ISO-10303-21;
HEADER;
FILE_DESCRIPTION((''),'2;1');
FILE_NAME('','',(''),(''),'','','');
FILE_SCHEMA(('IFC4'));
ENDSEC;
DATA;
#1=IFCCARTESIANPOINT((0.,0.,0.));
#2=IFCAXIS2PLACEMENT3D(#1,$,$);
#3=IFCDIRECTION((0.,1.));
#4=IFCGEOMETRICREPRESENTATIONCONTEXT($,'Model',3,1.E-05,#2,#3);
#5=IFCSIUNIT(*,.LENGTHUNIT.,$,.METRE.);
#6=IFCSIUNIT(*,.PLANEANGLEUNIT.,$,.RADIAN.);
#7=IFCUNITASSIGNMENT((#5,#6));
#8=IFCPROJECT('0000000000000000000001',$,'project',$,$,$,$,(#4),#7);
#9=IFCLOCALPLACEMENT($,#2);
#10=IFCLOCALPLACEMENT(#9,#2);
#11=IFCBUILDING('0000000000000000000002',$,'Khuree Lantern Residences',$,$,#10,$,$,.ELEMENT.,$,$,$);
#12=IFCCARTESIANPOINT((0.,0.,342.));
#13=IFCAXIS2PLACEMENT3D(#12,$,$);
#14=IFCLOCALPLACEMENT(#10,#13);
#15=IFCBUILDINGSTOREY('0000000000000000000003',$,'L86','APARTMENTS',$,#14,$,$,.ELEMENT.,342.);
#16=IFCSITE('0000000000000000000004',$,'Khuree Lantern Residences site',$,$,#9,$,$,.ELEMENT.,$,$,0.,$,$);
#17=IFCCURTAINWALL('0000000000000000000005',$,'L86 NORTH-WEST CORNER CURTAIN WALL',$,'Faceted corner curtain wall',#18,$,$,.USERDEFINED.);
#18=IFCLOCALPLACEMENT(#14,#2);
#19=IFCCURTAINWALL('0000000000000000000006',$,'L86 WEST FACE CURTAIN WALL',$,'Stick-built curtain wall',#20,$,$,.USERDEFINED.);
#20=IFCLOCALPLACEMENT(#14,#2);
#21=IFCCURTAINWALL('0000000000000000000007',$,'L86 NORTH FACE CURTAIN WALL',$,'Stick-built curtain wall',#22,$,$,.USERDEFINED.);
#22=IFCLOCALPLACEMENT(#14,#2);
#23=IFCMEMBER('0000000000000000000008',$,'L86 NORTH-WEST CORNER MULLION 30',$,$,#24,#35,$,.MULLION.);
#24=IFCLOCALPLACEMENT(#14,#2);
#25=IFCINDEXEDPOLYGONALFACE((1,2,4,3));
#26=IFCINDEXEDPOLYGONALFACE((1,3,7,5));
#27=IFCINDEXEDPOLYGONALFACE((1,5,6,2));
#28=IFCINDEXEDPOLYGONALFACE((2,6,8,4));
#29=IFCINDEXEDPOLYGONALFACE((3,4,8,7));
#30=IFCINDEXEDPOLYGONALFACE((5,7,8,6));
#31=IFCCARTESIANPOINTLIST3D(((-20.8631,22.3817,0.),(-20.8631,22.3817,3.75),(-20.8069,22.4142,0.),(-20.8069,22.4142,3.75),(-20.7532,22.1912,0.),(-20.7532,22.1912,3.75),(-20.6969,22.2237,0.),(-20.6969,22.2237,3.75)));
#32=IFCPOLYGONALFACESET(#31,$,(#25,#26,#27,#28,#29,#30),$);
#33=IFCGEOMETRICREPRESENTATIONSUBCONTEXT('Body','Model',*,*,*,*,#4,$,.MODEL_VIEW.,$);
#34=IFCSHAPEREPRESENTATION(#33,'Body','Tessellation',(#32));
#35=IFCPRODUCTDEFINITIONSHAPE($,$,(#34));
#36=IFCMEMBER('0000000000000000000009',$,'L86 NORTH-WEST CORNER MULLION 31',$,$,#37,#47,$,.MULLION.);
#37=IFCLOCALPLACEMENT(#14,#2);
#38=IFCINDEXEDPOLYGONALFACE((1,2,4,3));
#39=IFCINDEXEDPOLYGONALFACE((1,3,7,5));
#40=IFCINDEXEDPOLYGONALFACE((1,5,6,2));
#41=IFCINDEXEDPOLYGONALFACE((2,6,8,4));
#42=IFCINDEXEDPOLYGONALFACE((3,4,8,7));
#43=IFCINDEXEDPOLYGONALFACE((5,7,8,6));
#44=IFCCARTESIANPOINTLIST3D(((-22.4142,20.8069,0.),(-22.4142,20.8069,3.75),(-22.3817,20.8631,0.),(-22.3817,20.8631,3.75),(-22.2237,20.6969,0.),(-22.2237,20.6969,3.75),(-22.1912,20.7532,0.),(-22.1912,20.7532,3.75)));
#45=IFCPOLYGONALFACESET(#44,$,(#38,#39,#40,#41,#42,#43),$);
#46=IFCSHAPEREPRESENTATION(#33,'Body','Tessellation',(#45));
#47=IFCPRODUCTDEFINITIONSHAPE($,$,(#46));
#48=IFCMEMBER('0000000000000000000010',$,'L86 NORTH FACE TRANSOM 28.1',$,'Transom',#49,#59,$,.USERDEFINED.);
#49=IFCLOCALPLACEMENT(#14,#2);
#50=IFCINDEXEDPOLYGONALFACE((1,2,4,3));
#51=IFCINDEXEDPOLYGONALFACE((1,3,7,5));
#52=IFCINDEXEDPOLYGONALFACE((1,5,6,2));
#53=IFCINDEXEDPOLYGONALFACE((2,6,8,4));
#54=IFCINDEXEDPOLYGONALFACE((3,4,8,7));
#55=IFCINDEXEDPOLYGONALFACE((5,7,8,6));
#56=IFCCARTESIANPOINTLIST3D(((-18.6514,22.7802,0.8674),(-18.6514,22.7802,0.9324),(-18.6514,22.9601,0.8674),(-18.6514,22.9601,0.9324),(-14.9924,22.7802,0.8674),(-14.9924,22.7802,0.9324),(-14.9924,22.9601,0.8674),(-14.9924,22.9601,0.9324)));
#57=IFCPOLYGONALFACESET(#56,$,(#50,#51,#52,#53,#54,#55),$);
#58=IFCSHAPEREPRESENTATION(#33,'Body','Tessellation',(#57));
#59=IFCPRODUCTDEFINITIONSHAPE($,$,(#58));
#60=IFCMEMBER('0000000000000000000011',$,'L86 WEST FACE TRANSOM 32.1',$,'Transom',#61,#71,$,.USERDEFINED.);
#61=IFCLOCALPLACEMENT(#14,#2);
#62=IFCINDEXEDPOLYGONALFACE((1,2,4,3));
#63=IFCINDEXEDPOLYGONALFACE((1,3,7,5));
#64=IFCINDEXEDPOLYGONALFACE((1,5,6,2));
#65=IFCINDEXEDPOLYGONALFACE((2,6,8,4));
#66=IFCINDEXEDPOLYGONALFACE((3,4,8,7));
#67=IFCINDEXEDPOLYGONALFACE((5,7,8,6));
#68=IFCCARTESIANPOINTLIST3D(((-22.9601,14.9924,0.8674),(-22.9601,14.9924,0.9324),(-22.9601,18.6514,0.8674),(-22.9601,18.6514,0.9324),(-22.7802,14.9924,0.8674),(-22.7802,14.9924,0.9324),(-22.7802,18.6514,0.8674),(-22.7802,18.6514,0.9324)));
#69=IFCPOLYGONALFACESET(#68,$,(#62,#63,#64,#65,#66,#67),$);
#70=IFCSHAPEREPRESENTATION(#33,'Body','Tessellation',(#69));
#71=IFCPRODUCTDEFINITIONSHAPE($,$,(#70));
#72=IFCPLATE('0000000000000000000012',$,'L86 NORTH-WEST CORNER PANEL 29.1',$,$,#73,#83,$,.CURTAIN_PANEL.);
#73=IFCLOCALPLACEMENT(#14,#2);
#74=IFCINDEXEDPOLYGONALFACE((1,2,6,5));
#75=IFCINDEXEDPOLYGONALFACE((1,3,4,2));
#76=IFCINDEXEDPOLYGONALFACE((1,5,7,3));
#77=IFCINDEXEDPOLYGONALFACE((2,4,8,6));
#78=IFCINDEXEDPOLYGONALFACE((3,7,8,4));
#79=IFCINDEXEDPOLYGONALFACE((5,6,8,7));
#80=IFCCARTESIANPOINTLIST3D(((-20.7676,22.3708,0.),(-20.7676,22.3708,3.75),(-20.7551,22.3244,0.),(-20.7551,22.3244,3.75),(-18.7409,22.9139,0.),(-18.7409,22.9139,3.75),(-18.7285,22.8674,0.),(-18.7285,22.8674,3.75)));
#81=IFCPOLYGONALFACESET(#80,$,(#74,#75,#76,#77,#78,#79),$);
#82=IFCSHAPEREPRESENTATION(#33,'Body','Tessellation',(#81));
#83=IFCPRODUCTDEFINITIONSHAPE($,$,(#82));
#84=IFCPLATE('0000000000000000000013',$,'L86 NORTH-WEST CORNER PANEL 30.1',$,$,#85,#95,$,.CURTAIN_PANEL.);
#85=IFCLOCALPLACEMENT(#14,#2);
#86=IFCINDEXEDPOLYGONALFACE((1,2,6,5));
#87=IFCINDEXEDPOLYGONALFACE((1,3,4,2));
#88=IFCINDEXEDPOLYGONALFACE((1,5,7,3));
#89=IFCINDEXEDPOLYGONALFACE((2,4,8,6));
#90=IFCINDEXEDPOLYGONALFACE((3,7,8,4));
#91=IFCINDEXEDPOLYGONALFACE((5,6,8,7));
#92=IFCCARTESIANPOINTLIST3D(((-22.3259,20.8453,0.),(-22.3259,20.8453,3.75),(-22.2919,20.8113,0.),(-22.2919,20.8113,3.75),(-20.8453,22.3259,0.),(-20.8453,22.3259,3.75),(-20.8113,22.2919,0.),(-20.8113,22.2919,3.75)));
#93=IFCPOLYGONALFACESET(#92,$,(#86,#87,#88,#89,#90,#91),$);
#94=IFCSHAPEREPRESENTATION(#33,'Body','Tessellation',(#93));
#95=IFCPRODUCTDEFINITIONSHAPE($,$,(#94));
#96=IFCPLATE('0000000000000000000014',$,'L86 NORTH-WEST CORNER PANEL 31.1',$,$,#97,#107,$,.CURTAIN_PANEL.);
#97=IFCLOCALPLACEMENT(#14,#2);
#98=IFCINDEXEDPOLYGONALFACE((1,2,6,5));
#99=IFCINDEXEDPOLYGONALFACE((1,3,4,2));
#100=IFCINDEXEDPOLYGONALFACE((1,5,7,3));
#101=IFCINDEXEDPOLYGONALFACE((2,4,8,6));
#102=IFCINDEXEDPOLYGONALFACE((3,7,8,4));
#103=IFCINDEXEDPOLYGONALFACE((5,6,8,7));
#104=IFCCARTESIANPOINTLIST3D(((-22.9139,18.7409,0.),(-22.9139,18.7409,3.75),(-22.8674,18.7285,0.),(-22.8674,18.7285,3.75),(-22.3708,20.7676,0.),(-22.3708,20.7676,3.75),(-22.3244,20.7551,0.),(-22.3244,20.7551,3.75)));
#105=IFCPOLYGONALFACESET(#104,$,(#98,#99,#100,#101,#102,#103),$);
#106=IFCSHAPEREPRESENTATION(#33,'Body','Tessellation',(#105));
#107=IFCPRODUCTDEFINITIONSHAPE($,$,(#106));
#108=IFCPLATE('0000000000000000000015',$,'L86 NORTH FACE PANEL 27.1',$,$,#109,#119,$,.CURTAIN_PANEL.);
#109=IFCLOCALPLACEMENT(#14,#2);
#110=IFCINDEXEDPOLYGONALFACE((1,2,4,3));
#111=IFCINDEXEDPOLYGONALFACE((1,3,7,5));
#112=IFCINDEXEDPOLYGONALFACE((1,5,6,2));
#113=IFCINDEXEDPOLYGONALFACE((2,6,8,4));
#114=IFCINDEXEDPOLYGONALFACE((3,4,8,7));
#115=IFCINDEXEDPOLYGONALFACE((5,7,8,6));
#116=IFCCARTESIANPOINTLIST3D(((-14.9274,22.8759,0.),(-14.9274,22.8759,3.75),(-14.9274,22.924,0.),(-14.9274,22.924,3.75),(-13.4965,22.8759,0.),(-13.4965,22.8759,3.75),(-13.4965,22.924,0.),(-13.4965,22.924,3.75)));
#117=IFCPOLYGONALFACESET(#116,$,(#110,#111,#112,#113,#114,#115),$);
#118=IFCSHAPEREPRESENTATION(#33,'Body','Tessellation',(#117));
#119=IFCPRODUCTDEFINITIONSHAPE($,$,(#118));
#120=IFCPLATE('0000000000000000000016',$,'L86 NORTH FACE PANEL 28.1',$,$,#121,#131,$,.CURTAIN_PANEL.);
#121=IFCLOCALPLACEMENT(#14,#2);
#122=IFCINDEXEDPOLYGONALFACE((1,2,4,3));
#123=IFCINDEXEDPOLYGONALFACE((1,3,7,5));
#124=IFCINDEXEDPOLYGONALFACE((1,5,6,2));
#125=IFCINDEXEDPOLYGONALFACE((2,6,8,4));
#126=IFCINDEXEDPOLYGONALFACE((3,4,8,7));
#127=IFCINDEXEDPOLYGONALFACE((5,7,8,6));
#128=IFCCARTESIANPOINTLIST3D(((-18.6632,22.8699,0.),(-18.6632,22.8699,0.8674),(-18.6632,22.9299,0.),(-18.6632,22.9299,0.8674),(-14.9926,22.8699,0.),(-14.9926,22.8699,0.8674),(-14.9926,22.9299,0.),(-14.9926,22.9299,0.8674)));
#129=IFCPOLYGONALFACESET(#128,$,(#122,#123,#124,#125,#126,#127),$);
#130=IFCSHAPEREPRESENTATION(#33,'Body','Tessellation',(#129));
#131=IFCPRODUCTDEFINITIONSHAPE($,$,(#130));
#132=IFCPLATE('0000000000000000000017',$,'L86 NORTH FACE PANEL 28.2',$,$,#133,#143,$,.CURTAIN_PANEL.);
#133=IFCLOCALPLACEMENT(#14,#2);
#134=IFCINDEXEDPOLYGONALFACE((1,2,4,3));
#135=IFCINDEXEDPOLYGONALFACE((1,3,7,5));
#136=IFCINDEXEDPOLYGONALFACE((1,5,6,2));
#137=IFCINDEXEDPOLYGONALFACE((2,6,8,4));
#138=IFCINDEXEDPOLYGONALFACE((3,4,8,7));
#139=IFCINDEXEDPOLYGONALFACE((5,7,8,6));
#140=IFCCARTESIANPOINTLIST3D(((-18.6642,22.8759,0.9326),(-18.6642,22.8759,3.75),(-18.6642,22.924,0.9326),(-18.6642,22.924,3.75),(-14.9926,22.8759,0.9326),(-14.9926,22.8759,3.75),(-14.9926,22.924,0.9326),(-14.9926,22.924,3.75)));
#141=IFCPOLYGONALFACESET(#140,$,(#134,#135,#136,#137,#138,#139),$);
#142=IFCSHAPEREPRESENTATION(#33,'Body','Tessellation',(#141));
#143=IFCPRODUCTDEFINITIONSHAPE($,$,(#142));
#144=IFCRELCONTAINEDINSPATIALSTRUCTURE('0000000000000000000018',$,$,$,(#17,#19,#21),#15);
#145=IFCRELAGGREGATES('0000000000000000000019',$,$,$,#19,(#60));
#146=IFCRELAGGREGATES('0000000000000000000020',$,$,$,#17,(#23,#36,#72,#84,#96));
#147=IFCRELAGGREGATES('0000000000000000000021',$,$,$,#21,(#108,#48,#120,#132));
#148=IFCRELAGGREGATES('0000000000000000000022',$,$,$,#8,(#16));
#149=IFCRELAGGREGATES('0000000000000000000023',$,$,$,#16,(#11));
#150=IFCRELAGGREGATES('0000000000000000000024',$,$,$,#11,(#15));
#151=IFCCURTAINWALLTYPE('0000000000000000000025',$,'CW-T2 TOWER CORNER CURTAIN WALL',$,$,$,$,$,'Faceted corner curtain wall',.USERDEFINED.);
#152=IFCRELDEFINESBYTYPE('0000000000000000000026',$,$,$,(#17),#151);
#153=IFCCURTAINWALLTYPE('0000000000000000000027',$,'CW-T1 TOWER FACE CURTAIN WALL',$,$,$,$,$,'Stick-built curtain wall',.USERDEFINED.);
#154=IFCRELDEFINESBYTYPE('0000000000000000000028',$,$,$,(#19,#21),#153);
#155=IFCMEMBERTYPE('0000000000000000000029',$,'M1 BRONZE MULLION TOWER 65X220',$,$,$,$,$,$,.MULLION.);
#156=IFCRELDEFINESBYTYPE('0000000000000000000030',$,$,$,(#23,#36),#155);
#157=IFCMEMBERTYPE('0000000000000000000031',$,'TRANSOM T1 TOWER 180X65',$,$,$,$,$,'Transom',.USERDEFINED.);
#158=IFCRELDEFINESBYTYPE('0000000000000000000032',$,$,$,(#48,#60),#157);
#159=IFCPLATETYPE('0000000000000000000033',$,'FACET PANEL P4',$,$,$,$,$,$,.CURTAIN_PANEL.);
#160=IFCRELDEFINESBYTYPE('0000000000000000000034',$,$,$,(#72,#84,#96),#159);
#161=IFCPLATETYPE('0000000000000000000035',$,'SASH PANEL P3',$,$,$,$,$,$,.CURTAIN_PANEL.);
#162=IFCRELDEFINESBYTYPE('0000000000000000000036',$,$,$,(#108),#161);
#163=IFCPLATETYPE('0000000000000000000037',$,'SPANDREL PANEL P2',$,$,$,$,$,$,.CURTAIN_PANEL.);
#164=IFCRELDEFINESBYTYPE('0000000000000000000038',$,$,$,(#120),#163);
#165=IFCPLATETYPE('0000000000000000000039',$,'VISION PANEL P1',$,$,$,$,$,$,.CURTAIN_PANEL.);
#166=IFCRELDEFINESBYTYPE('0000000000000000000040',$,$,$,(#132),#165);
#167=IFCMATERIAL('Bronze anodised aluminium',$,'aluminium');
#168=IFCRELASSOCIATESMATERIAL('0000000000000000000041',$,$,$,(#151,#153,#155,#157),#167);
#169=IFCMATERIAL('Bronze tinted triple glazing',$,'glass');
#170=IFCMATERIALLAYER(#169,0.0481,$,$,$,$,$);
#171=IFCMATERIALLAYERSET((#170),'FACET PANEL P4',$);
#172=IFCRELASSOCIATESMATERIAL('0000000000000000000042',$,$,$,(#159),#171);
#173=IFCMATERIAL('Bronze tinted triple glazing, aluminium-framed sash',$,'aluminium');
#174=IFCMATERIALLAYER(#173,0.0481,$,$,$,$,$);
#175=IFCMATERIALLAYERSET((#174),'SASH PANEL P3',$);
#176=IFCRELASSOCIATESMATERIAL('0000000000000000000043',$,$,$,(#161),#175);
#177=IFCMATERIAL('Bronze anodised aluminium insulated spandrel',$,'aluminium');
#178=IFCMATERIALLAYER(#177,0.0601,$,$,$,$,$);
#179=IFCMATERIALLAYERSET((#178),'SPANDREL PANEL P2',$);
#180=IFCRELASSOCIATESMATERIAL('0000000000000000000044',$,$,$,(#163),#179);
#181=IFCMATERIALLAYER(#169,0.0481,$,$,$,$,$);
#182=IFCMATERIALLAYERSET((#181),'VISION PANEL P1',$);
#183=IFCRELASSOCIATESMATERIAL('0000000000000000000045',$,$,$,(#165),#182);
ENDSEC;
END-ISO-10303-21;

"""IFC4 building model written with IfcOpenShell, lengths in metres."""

from ifc_helpers import new_model, si_unit, direction, frame, origin, origin_2d, place, context, subcontext, project, spatial, rectangle, extrude, material, layer, layer_set, material_profile, profile_set, type_object, element, aggregate, save


model = new_model("IFC4")

# Units and contexts
model_context = context("Model", 3, precision=1e-05, world=origin(), true_north=direction((0.0, 1.0)))
body_context = subcontext(model_context, "Body", "Model", "MODEL_VIEW")
ifc_project = project(units=[si_unit("LENGTHUNIT", "METRE"), si_unit("PLANEANGLEUNIT", "RADIAN")], contexts=[model_context])

# Site, building, storey
site_placement = place(None, origin())
site = spatial("IfcSite", under=ifc_project, at=site_placement, Name="Khuree Lantern Residences site", CompositionType="ELEMENT", RefElevation=0.0)
building_placement = place(site_placement, origin())
building = spatial("IfcBuilding", under=site, at=building_placement, Name="Khuree Lantern Residences", CompositionType="ELEMENT")
storey_placement = place(building_placement, frame((0.0, 0.0, 342.0)))
storey = spatial("IfcBuildingStorey", under=building, at=storey_placement, Name="L86", Description="APARTMENTS", CompositionType="ELEMENT", Elevation=342.0)

# Curtain walls
ifc_material_1 = material(Name="Bronze anodised aluminium", Category="aluminium")
curtain_wall_type_1 = type_object("IfcCurtainWallType", Name="CW-T2 TOWER CORNER CURTAIN WALL", ElementType="Faceted corner curtain wall", PredefinedType="USERDEFINED", material=ifc_material_1)
curtain_wall_1_placement = place(storey_placement, origin())
curtain_wall_1 = element("IfcCurtainWall", 1, at=curtain_wall_1_placement, inside=storey, type_object=curtain_wall_type_1, Name="L86 NORTH-WEST CORNER CURTAIN WALL", ObjectType="Faceted corner curtain wall", PredefinedType="USERDEFINED")
curtain_wall_type_2 = type_object("IfcCurtainWallType", Name="CW-T1 TOWER FACE CURTAIN WALL", ElementType="Stick-built curtain wall", PredefinedType="USERDEFINED", material=ifc_material_1)
curtain_wall_2_placement = place(storey_placement, origin())
curtain_wall_2 = element("IfcCurtainWall", 2, at=curtain_wall_2_placement, inside=storey, type_object=curtain_wall_type_2, Name="L86 WEST FACE CURTAIN WALL", ObjectType="Stick-built curtain wall", PredefinedType="USERDEFINED")

# Curtain wall
curtain_wall_3_placement = place(storey_placement, origin())
curtain_wall_3 = element("IfcCurtainWall", 3, at=curtain_wall_3_placement, inside=storey, type_object=curtain_wall_type_2, Name="L86 NORTH FACE CURTAIN WALL", ObjectType="Stick-built curtain wall", PredefinedType="USERDEFINED")
ifc_material_profile_1 = material_profile(ifc_material_1, rectangle(XDim=0.0649, YDim=0.22, at=origin_2d()), Name="M1 65X220")
ifc_profile_set_1 = profile_set([ifc_material_profile_1], Name="Bronze anodised aluminium")
member_type_1 = type_object("IfcMemberType", Name="M1 BRONZE MULLION TOWER 65X220", PredefinedType="MULLION", material=ifc_profile_set_1)

# Members
member_1_placement = place(storey_placement, frame((-20.78, 22.3027, 0.0), z_axis=(0.0, 0.0, 1.0), x_axis=(-0.866025, -0.5, 0.0)))
member_1 = element("IfcMember", 4, at=member_1_placement, type_object=member_type_1, Name="L86 NORTH-WEST CORNER MULLION 30", PredefinedType="MULLION", context=body_context, shape_type="SweptSolid", body=[
    extrude(rectangle(XDim=0.0649, YDim=0.22, at=origin_2d()), origin(), (0.0, 0.0, 1.0), 3.75),
])
member_2_placement = place(storey_placement, frame((-22.3027, 20.78, 0.0), z_axis=(0.0, 0.0, 1.0), x_axis=(-0.5, -0.866025, 0.0)))
member_2 = element("IfcMember", 5, at=member_2_placement, type_object=member_type_1, Name="L86 NORTH-WEST CORNER MULLION 31", PredefinedType="MULLION", context=body_context, shape_type="SweptSolid", body=[
    extrude(rectangle(XDim=0.0649, YDim=0.22, at=origin_2d()), origin(), (0.0, 0.0, 1.0), 3.75),
])
ifc_material_profile_2 = material_profile(ifc_material_1, rectangle(XDim=0.1799, YDim=0.0649, at=origin_2d()), Name="T1 180X65")
ifc_profile_set_2 = profile_set([ifc_material_profile_2], Name="Bronze anodised aluminium")
member_type_2 = type_object("IfcMemberType", Name="TRANSOM T1 TOWER 180X65", ElementType="Transom", PredefinedType="USERDEFINED", material=ifc_profile_set_2)
member_3_placement = place(storey_placement, frame((-14.9924, 22.8701, 0.8999), z_axis=(-1.0, 0.0, 0.0), x_axis=(0.0, -1.0, 0.0)))
member_3 = element("IfcMember", 6, at=member_3_placement, type_object=member_type_2, Name="L86 NORTH FACE TRANSOM 28.1", ObjectType="Transom", PredefinedType="USERDEFINED", context=body_context, shape_type="SweptSolid", body=[
    extrude(rectangle(XDim=0.1799, YDim=0.0649, at=origin_2d()), origin(), (0.0, 0.0, 1.0), 3.6589),
])
member_4_placement = place(storey_placement, frame((-22.8701, 18.6514, 0.8999), z_axis=(0.0, -1.0, 0.0), x_axis=(1.0, 0.0, 0.0)))
member_4 = element("IfcMember", 7, at=member_4_placement, type_object=member_type_2, Name="L86 WEST FACE TRANSOM 32.1", ObjectType="Transom", PredefinedType="USERDEFINED", context=body_context, shape_type="SweptSolid", body=[
    extrude(rectangle(XDim=0.1799, YDim=0.0649, at=origin_2d()), origin(), (0.0, 0.0, 1.0), 3.6589),
])
aggregate(curtain_wall_2, [member_4])

# Plates
ifc_material_2 = material(Name="Bronze tinted triple glazing", Category="glass")
ifc_layer_1 = layer(ifc_material_2, 0.0481)
ifc_layer_set_1 = layer_set([ifc_layer_1], Name="FACET PANEL P4")
plate_type_1 = type_object("IfcPlateType", Name="FACET PANEL P4", PredefinedType="CURTAIN_PANEL", material=ifc_layer_set_1)
plate_1_placement = place(storey_placement, frame((-19.748, 22.6191, 0.0), z_axis=(0.0, 0.0, 1.0), x_axis=(-0.965926, -0.258819, 0.0)))
plate_1 = element("IfcPlate", 8, at=plate_1_placement, type_object=plate_type_1, Name="L86 NORTH-WEST CORNER PANEL 29.1", PredefinedType="CURTAIN_PANEL", context=body_context, shape_type="SweptSolid", body=[
    extrude(rectangle(XDim=2.0981, YDim=0.0481, at=origin_2d()), origin(), (0.0, 0.0, 1.0), 3.75),
])
plate_2_placement = place(storey_placement, frame((-21.5686, 21.5686, 0.0), z_axis=(0.0, 0.0, 1.0), x_axis=(-0.707107, -0.707107, 0.0)))
plate_2 = element("IfcPlate", 9, at=plate_2_placement, type_object=plate_type_1, Name="L86 NORTH-WEST CORNER PANEL 30.1", PredefinedType="CURTAIN_PANEL", context=body_context, shape_type="SweptSolid", body=[
    extrude(rectangle(XDim=2.094, YDim=0.0481, at=origin_2d()), origin(), (0.0, 0.0, 1.0), 3.75),
])
plate_3_placement = place(storey_placement, frame((-22.6191, 19.748, 0.0), z_axis=(0.0, 0.0, 1.0), x_axis=(-0.258819, -0.965926, 0.0)))
plate_3 = element("IfcPlate", 10, at=plate_3_placement, type_object=plate_type_1, Name="L86 NORTH-WEST CORNER PANEL 31.1", PredefinedType="CURTAIN_PANEL", context=body_context, shape_type="SweptSolid", body=[
    extrude(rectangle(XDim=2.0981, YDim=0.0481, at=origin_2d()), origin(), (0.0, 0.0, 1.0), 3.75),
])
aggregate(curtain_wall_1, [member_1, member_2, plate_1, plate_2, plate_3])
ifc_material_3 = material(Name="Bronze tinted triple glazing, aluminium-framed sash", Category="aluminium")
ifc_layer_2 = layer(ifc_material_3, 0.0481)
ifc_layer_set_2 = layer_set([ifc_layer_2], Name="SASH PANEL P3")
plate_type_2 = type_object("IfcPlateType", Name="SASH PANEL P3", PredefinedType="CURTAIN_PANEL", material=ifc_layer_set_2)
plate_4_placement = place(storey_placement, frame((-14.2119, 22.8999, 0.0), z_axis=(0.0, 0.0, 1.0), x_axis=(-1.0, 0.0, 0.0)))
plate_4 = element("IfcPlate", 11, at=plate_4_placement, type_object=plate_type_2, Name="L86 NORTH FACE PANEL 27.1", PredefinedType="CURTAIN_PANEL", context=body_context, shape_type="SweptSolid", body=[
    extrude(rectangle(XDim=1.4309, YDim=0.0481, at=origin_2d()), origin(), (0.0, 0.0, 1.0), 3.75),
])
ifc_material_4 = material(Name="Bronze anodised aluminium insulated spandrel", Category="aluminium")
ifc_layer_3 = layer(ifc_material_4, 0.0601)
ifc_layer_set_3 = layer_set([ifc_layer_3], Name="SPANDREL PANEL P2")
plate_type_3 = type_object("IfcPlateType", Name="SPANDREL PANEL P2", PredefinedType="CURTAIN_PANEL", material=ifc_layer_set_3)
plate_5_placement = place(storey_placement, frame((-16.8279, 22.8999, 0.0), z_axis=(0.0, 0.0, 1.0), x_axis=(-1.0, 0.0, 0.0)))
plate_5 = element("IfcPlate", 12, at=plate_5_placement, type_object=plate_type_3, Name="L86 NORTH FACE PANEL 28.1", PredefinedType="CURTAIN_PANEL", context=body_context, shape_type="SweptSolid", body=[
    extrude(rectangle(XDim=3.6707, YDim=0.0601, at=origin_2d()), origin(), (0.0, 0.0, 1.0), 0.8674),
])
ifc_layer_4 = layer(ifc_material_2, 0.0481)
ifc_layer_set_4 = layer_set([ifc_layer_4], Name="VISION PANEL P1")
plate_type_4 = type_object("IfcPlateType", Name="VISION PANEL P1", PredefinedType="CURTAIN_PANEL", material=ifc_layer_set_4)
plate_6_placement = place(storey_placement, frame((-16.8284, 22.8999, 0.9326), z_axis=(0.0, 0.0, 1.0), x_axis=(-1.0, 0.0, 0.0)))
plate_6 = element("IfcPlate", 13, at=plate_6_placement, type_object=plate_type_4, Name="L86 NORTH FACE PANEL 28.2", PredefinedType="CURTAIN_PANEL", context=body_context, shape_type="SweptSolid", body=[
    extrude(rectangle(XDim=3.6716, YDim=0.0481, at=origin_2d()), origin(), (0.0, 0.0, 1.0), 2.8174),
])
aggregate(curtain_wall_3, [plate_4, member_3, plate_5, plate_6])

save(model, "model.ifc")
